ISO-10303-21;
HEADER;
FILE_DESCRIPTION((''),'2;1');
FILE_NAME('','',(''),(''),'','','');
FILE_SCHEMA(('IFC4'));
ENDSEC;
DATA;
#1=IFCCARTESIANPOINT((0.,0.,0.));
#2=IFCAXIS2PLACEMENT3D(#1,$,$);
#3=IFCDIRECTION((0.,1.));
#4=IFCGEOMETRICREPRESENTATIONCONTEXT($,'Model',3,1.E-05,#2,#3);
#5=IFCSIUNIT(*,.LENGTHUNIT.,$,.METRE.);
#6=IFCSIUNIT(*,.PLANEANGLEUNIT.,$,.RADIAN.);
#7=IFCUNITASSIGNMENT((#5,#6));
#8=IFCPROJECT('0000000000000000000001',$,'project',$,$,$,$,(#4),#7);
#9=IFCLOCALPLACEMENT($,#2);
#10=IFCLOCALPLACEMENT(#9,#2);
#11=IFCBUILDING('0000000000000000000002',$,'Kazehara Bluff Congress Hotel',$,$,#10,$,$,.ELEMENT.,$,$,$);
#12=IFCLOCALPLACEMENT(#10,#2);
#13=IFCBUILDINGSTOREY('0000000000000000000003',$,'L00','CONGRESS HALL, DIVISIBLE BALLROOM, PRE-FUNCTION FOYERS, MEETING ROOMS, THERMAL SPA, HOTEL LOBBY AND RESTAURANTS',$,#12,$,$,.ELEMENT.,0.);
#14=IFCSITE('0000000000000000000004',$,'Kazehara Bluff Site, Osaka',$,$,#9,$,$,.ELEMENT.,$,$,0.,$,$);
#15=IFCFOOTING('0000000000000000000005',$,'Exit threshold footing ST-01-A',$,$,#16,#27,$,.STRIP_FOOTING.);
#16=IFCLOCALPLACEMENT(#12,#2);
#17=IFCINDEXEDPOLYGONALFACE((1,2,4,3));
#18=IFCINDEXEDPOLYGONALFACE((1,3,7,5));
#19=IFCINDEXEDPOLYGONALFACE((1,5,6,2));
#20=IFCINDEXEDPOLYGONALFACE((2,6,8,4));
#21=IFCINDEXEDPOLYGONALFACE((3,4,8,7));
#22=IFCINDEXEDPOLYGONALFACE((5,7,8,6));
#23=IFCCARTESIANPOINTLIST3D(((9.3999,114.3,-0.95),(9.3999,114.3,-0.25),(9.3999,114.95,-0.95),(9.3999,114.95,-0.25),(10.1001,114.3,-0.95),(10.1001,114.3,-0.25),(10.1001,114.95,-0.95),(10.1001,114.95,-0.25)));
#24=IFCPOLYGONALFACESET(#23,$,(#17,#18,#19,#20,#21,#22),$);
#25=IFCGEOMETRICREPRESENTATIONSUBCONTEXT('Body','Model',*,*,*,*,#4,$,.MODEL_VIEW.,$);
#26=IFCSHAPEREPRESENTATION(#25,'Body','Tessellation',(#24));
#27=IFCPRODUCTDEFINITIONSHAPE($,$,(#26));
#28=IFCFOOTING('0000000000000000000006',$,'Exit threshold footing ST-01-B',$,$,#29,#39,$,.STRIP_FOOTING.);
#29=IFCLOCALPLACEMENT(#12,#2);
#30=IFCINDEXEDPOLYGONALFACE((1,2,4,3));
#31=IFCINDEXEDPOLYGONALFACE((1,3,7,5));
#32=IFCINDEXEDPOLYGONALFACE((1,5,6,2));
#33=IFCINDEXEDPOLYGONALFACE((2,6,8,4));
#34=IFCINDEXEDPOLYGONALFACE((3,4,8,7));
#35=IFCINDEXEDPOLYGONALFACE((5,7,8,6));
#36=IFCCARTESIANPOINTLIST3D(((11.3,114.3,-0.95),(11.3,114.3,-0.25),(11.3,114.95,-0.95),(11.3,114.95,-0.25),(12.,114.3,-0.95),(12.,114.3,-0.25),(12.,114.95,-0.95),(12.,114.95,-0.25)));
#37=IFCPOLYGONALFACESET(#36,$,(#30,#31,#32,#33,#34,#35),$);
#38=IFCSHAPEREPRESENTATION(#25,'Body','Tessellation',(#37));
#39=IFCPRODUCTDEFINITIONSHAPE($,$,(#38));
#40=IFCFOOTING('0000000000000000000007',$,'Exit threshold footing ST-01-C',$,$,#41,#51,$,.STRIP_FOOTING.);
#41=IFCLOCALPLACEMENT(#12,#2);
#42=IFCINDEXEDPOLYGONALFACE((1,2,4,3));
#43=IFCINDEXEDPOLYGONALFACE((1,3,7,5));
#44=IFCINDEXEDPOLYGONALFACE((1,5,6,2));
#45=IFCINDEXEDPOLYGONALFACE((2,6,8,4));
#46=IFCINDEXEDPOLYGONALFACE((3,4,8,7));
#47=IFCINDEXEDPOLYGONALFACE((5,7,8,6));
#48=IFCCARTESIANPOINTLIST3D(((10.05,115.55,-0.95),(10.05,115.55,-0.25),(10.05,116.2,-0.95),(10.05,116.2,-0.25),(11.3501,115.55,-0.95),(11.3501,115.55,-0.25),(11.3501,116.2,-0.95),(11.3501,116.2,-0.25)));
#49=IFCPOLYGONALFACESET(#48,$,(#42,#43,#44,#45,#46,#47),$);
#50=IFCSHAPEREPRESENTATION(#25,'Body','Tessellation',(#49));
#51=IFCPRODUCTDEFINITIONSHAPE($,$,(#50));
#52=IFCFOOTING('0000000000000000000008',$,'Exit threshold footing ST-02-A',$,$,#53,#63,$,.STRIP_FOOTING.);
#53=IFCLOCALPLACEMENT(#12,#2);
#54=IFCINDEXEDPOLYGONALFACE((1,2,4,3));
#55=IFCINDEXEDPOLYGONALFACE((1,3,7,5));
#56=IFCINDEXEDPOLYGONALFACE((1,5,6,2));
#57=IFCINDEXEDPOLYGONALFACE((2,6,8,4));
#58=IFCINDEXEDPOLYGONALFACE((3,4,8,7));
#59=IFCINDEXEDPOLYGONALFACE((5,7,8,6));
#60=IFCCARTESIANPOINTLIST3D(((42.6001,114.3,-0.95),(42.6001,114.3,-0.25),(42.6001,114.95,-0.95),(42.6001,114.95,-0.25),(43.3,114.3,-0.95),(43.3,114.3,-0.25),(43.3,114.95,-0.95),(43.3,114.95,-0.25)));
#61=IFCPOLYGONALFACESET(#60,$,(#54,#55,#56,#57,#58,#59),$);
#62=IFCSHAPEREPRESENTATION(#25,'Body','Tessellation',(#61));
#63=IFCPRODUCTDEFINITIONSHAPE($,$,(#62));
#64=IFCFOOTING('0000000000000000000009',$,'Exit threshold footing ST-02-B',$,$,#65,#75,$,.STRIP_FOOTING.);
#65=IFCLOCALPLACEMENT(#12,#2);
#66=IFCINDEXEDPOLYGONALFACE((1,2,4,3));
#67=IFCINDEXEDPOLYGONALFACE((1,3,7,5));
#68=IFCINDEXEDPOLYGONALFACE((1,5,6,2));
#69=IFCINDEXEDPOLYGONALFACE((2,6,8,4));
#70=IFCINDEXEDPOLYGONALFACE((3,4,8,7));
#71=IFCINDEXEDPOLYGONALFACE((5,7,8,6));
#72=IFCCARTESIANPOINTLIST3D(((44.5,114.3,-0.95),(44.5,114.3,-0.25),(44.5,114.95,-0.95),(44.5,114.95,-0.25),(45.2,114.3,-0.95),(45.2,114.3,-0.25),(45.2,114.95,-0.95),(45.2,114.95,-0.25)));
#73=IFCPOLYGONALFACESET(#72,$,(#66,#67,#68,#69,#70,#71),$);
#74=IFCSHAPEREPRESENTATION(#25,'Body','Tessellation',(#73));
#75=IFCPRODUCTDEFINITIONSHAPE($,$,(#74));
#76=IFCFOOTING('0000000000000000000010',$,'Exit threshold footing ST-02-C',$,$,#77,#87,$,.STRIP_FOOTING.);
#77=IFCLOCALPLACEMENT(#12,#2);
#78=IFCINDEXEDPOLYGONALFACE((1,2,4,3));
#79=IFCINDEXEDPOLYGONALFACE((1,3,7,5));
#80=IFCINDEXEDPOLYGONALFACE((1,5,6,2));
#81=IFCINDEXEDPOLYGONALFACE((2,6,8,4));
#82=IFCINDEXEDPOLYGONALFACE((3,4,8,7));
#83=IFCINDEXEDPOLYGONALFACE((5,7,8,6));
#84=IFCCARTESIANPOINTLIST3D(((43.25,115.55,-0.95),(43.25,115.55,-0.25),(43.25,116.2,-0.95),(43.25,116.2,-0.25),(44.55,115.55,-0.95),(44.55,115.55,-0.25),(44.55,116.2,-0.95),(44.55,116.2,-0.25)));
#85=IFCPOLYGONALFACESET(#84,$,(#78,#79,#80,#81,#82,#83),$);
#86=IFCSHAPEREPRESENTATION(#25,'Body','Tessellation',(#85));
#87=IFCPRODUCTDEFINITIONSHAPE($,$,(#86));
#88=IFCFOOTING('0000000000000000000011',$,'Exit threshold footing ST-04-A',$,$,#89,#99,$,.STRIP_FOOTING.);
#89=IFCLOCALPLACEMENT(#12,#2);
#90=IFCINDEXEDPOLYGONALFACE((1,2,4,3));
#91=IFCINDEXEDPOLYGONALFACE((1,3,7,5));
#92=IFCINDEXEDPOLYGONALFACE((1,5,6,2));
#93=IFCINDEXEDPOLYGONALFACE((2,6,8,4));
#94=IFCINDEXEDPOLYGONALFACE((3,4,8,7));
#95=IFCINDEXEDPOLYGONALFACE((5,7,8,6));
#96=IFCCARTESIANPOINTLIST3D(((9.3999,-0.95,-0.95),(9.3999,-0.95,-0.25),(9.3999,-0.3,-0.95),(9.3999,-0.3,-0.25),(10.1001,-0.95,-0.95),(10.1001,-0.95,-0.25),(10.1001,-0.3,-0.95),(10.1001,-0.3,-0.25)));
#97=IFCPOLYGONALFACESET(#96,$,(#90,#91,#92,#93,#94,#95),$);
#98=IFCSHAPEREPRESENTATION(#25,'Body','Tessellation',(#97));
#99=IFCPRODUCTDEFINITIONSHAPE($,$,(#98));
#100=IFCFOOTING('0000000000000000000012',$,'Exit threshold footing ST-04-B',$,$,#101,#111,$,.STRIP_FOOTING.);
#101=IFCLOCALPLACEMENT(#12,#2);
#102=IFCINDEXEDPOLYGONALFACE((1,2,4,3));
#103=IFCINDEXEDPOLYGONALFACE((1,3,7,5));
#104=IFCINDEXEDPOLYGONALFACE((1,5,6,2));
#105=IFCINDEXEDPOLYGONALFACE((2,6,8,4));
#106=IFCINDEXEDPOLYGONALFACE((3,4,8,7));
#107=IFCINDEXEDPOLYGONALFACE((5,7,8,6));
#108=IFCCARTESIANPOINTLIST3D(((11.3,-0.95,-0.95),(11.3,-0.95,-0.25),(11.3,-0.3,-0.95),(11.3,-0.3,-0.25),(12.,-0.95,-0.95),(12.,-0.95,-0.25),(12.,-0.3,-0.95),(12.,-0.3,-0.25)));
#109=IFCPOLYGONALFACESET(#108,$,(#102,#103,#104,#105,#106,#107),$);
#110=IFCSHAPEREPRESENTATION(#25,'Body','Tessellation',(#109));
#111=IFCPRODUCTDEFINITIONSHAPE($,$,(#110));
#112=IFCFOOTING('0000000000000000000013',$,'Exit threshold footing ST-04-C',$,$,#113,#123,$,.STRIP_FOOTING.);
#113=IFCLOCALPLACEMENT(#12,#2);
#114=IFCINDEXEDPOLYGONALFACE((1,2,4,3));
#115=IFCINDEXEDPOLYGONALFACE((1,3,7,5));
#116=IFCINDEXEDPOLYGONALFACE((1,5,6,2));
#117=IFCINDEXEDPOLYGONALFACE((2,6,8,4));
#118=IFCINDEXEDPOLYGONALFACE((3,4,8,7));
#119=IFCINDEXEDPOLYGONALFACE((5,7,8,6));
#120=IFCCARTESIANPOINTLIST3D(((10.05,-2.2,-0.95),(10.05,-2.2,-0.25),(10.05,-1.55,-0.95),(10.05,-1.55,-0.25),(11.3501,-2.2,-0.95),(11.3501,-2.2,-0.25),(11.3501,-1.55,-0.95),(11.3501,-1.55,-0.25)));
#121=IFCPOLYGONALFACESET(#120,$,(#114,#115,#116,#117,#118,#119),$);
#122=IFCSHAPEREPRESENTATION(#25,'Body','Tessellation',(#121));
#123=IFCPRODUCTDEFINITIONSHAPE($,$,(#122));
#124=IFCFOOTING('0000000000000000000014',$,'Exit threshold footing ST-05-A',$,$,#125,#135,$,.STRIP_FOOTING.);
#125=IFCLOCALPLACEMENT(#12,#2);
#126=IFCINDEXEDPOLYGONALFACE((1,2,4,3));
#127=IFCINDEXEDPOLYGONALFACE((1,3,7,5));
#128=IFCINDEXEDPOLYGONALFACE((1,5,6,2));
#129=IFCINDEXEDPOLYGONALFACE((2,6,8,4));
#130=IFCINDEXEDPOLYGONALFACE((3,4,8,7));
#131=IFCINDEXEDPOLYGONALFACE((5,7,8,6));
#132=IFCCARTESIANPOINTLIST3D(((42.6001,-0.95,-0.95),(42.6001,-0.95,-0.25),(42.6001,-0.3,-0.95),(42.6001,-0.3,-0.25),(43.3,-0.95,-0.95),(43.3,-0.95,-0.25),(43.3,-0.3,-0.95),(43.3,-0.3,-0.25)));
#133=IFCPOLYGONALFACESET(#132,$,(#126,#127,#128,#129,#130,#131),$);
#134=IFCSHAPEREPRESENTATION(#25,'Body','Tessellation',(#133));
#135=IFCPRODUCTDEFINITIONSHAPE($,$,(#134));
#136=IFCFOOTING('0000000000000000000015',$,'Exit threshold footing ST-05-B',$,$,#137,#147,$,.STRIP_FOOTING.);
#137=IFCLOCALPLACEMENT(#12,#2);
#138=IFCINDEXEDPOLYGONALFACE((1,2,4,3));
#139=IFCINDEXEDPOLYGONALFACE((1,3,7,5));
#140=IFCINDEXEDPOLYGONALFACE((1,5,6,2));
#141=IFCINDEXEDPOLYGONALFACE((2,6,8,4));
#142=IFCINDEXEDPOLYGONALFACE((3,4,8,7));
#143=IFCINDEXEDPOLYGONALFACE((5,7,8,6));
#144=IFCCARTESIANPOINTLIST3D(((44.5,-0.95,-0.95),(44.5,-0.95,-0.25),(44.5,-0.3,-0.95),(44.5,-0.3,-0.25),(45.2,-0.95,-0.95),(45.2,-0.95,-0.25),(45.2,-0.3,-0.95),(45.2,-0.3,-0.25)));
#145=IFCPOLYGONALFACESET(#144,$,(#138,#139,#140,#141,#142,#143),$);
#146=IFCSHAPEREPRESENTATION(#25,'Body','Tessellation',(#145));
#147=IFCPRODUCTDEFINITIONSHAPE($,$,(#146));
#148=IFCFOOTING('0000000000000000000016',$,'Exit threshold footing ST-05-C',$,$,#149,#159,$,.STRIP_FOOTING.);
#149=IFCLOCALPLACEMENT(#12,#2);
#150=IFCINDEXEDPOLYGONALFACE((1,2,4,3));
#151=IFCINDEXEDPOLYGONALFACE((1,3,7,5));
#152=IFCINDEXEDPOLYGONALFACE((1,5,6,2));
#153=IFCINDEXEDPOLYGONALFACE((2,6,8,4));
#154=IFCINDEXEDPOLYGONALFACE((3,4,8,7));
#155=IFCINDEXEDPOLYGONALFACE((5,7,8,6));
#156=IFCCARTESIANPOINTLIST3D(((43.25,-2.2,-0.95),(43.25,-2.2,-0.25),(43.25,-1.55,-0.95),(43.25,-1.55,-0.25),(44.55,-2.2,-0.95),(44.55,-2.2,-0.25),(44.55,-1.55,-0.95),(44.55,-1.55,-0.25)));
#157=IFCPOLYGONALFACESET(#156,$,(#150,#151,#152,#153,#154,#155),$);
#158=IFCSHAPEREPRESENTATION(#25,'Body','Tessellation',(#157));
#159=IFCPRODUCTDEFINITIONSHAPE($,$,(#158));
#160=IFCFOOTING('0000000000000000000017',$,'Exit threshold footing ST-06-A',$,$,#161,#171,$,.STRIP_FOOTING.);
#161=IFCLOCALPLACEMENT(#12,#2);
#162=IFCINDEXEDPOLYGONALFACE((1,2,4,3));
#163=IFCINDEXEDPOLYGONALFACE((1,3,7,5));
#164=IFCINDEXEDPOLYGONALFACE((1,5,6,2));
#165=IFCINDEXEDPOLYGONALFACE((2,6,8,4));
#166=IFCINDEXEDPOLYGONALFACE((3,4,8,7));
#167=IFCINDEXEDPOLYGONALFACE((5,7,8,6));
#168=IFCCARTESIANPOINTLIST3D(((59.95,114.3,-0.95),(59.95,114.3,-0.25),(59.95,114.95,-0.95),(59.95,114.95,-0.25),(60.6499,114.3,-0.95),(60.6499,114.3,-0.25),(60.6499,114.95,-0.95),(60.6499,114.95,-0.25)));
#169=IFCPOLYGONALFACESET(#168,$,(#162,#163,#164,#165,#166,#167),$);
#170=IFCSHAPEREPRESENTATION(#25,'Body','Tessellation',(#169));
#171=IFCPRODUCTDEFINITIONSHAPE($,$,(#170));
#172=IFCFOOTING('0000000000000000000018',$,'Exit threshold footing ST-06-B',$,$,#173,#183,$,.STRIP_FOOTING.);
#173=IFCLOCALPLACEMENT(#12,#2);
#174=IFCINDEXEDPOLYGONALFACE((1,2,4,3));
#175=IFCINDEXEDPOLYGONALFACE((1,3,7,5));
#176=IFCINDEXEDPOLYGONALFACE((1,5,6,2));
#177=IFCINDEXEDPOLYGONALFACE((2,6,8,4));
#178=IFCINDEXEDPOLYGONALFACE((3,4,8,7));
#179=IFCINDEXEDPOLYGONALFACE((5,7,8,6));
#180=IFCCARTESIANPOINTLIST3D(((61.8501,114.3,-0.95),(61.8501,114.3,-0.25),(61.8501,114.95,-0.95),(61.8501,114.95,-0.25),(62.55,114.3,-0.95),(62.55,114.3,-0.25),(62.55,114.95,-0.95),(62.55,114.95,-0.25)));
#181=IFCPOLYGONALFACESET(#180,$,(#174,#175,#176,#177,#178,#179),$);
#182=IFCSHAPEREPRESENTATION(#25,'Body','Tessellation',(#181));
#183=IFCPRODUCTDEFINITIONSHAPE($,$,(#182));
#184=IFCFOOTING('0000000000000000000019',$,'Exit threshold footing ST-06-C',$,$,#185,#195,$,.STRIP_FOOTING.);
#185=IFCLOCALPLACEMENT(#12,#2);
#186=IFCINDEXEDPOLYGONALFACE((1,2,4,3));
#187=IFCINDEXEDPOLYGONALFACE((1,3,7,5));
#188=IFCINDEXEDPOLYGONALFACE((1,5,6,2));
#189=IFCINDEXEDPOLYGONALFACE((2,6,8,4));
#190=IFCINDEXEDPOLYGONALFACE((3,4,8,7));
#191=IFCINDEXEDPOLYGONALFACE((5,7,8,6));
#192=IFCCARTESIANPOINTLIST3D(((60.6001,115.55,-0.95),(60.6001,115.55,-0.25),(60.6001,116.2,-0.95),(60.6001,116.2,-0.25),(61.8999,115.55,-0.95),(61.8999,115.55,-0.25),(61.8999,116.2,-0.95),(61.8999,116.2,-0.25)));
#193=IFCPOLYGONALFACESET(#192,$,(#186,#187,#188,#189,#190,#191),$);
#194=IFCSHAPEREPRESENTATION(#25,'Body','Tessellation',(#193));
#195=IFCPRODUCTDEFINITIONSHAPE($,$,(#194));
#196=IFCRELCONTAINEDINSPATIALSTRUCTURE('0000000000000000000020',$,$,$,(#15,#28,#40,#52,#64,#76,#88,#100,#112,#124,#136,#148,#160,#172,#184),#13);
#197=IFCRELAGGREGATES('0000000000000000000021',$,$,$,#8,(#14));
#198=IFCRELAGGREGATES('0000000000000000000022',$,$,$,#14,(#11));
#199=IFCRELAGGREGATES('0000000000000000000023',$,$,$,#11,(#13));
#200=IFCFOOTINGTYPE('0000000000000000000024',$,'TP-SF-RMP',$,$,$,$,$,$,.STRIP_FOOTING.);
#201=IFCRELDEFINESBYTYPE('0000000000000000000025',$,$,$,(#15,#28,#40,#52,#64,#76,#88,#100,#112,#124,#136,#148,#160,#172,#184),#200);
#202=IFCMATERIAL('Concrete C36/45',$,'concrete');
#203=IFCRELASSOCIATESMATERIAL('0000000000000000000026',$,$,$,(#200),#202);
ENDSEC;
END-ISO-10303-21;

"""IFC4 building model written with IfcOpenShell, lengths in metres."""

from ifc_helpers import new_model, si_unit, direction, frame, origin, place, context, subcontext, project, spatial, polyline, outline, extrude, material, type_object, element, save


model = new_model("IFC4")

# Units and contexts
model_context = context("Model", 3, precision=1e-05, world=origin(), true_north=direction((0.0, 1.0)))
body_context = subcontext(model_context, "Body", "Model", "MODEL_VIEW")
ifc_project = project(units=[si_unit("LENGTHUNIT", "METRE"), si_unit("PLANEANGLEUNIT", "RADIAN")], contexts=[model_context])

# Site, building, storey
site_placement = place(None, origin())
site = spatial("IfcSite", under=ifc_project, at=site_placement, Name="Kazehara Bluff Site, Osaka", CompositionType="ELEMENT", RefElevation=0.0)
building_placement = place(site_placement, origin())
building = spatial("IfcBuilding", under=site, at=building_placement, Name="Kazehara Bluff Congress Hotel", CompositionType="ELEMENT")
storey_placement = place(building_placement, origin())
storey = spatial("IfcBuildingStorey", under=building, at=storey_placement, Name="L00", Description="CONGRESS HALL, DIVISIBLE BALLROOM, PRE-FUNCTION FOYERS, MEETING ROOMS, THERMAL SPA, HOTEL LOBBY AND RESTAURANTS", CompositionType="ELEMENT", Elevation=0.0)

# Footings
ifc_material_1 = material(Name="Concrete C36/45", Category="concrete")
footing_type = type_object("IfcFootingType", Name="TP-SF-RMP", PredefinedType="STRIP_FOOTING", material=ifc_material_1)
footing_1_placement = place(storey_placement, frame((0.0, 0.0, -0.95)))
element("IfcFooting", 1, at=footing_1_placement, inside=storey, type_object=footing_type, Name="Exit threshold footing ST-01-A", PredefinedType="STRIP_FOOTING", context=body_context, shape_type="SweptSolid", body=[
    extrude(outline(polyline([(9.3999, 114.3), (10.1001, 114.3), (10.1001, 114.95), (9.3999, 114.95), (9.3999, 114.3)])), origin(), (0.0, 0.0, 1.0), 0.7),
])
footing_2_placement = place(storey_placement, frame((0.0, 0.0, -0.95)))
element("IfcFooting", 2, at=footing_2_placement, inside=storey, type_object=footing_type, Name="Exit threshold footing ST-01-B", PredefinedType="STRIP_FOOTING", context=body_context, shape_type="SweptSolid", body=[
    extrude(outline(polyline([(11.3, 114.3), (12.0, 114.3), (12.0, 114.95), (11.3, 114.95), (11.3, 114.3)])), origin(), (0.0, 0.0, 1.0), 0.7),
])
footing_3_placement = place(storey_placement, frame((0.0, 0.0, -0.95)))
element("IfcFooting", 3, at=footing_3_placement, inside=storey, type_object=footing_type, Name="Exit threshold footing ST-01-C", PredefinedType="STRIP_FOOTING", context=body_context, shape_type="SweptSolid", body=[
    extrude(outline(polyline([(10.05, 115.55), (11.3501, 115.55), (11.3501, 116.2), (10.05, 116.2), (10.05, 115.55)])), origin(), (0.0, 0.0, 1.0), 0.7),
])
footing_4_placement = place(storey_placement, frame((0.0, 0.0, -0.95)))
element("IfcFooting", 4, at=footing_4_placement, inside=storey, type_object=footing_type, Name="Exit threshold footing ST-02-A", PredefinedType="STRIP_FOOTING", context=body_context, shape_type="SweptSolid", body=[
    extrude(outline(polyline([(42.6001, 114.3), (43.3, 114.3), (43.3, 114.95), (42.6001, 114.95), (42.6001, 114.3)])), origin(), (0.0, 0.0, 1.0), 0.7),
])
footing_5_placement = place(storey_placement, frame((0.0, 0.0, -0.95)))
element("IfcFooting", 5, at=footing_5_placement, inside=storey, type_object=footing_type, Name="Exit threshold footing ST-02-B", PredefinedType="STRIP_FOOTING", context=body_context, shape_type="SweptSolid", body=[
    extrude(outline(polyline([(44.5, 114.3), (45.2, 114.3), (45.2, 114.95), (44.5, 114.95), (44.5, 114.3)])), origin(), (0.0, 0.0, 1.0), 0.7),
])
footing_6_placement = place(storey_placement, frame((0.0, 0.0, -0.95)))
element("IfcFooting", 6, at=footing_6_placement, inside=storey, type_object=footing_type, Name="Exit threshold footing ST-02-C", PredefinedType="STRIP_FOOTING", context=body_context, shape_type="SweptSolid", body=[
    extrude(outline(polyline([(43.25, 115.55), (44.55, 115.55), (44.55, 116.2), (43.25, 116.2), (43.25, 115.55)])), origin(), (0.0, 0.0, 1.0), 0.7),
])
footing_7_placement = place(storey_placement, frame((0.0, 0.0, -0.95)))
element("IfcFooting", 7, at=footing_7_placement, inside=storey, type_object=footing_type, Name="Exit threshold footing ST-04-A", PredefinedType="STRIP_FOOTING", context=body_context, shape_type="SweptSolid", body=[
    extrude(outline(polyline([(9.3999, -0.95), (10.1001, -0.95), (10.1001, -0.3), (9.3999, -0.3), (9.3999, -0.95)])), origin(), (0.0, 0.0, 1.0), 0.7),
])
footing_8_placement = place(storey_placement, frame((0.0, 0.0, -0.95)))
element("IfcFooting", 8, at=footing_8_placement, inside=storey, type_object=footing_type, Name="Exit threshold footing ST-04-B", PredefinedType="STRIP_FOOTING", context=body_context, shape_type="SweptSolid", body=[
    extrude(outline(polyline([(11.3, -0.95), (12.0, -0.95), (12.0, -0.3), (11.3, -0.3), (11.3, -0.95)])), origin(), (0.0, 0.0, 1.0), 0.7),
])
footing_9_placement = place(storey_placement, frame((0.0, 0.0, -0.95)))
element("IfcFooting", 9, at=footing_9_placement, inside=storey, type_object=footing_type, Name="Exit threshold footing ST-04-C", PredefinedType="STRIP_FOOTING", context=body_context, shape_type="SweptSolid", body=[
    extrude(outline(polyline([(10.05, -2.2), (11.3501, -2.2), (11.3501, -1.55), (10.05, -1.55), (10.05, -2.2)])), origin(), (0.0, 0.0, 1.0), 0.7),
])
footing_10_placement = place(storey_placement, frame((0.0, 0.0, -0.95)))
element("IfcFooting", 10, at=footing_10_placement, inside=storey, type_object=footing_type, Name="Exit threshold footing ST-05-A", PredefinedType="STRIP_FOOTING", context=body_context, shape_type="SweptSolid", body=[
    extrude(outline(polyline([(42.6001, -0.95), (43.3, -0.95), (43.3, -0.3), (42.6001, -0.3), (42.6001, -0.95)])), origin(), (0.0, 0.0, 1.0), 0.7),
])
footing_11_placement = place(storey_placement, frame((0.0, 0.0, -0.95)))
element("IfcFooting", 11, at=footing_11_placement, inside=storey, type_object=footing_type, Name="Exit threshold footing ST-05-B", PredefinedType="STRIP_FOOTING", context=body_context, shape_type="SweptSolid", body=[
    extrude(outline(polyline([(44.5, -0.95), (45.2, -0.95), (45.2, -0.3), (44.5, -0.3), (44.5, -0.95)])), origin(), (0.0, 0.0, 1.0), 0.7),
])
footing_12_placement = place(storey_placement, frame((0.0, 0.0, -0.95)))
element("IfcFooting", 12, at=footing_12_placement, inside=storey, type_object=footing_type, Name="Exit threshold footing ST-05-C", PredefinedType="STRIP_FOOTING", context=body_context, shape_type="SweptSolid", body=[
    extrude(outline(polyline([(43.25, -2.2), (44.55, -2.2), (44.55, -1.55), (43.25, -1.55), (43.25, -2.2)])), origin(), (0.0, 0.0, 1.0), 0.7),
])
footing_13_placement = place(storey_placement, frame((0.0, 0.0, -0.95)))
element("IfcFooting", 13, at=footing_13_placement, inside=storey, type_object=footing_type, Name="Exit threshold footing ST-06-A", PredefinedType="STRIP_FOOTING", context=body_context, shape_type="SweptSolid", body=[
    extrude(outline(polyline([(59.95, 114.3), (60.6499, 114.3), (60.6499, 114.95), (59.95, 114.95), (59.95, 114.3)])), origin(), (0.0, 0.0, 1.0), 0.7),
])
footing_14_placement = place(storey_placement, frame((0.0, 0.0, -0.95)))
element("IfcFooting", 14, at=footing_14_placement, inside=storey, type_object=footing_type, Name="Exit threshold footing ST-06-B", PredefinedType="STRIP_FOOTING", context=body_context, shape_type="SweptSolid", body=[
    extrude(outline(polyline([(61.8501, 114.3), (62.55, 114.3), (62.55, 114.95), (61.8501, 114.95), (61.8501, 114.3)])), origin(), (0.0, 0.0, 1.0), 0.7),
])
footing_15_placement = place(storey_placement, frame((0.0, 0.0, -0.95)))
element("IfcFooting", 15, at=footing_15_placement, inside=storey, type_object=footing_type, Name="Exit threshold footing ST-06-C", PredefinedType="STRIP_FOOTING", context=body_context, shape_type="SweptSolid", body=[
    extrude(outline(polyline([(60.6001, 115.55), (61.8999, 115.55), (61.8999, 116.2), (60.6001, 116.2), (60.6001, 115.55)])), origin(), (0.0, 0.0, 1.0), 0.7),
])

save(model, "model.ifc")
